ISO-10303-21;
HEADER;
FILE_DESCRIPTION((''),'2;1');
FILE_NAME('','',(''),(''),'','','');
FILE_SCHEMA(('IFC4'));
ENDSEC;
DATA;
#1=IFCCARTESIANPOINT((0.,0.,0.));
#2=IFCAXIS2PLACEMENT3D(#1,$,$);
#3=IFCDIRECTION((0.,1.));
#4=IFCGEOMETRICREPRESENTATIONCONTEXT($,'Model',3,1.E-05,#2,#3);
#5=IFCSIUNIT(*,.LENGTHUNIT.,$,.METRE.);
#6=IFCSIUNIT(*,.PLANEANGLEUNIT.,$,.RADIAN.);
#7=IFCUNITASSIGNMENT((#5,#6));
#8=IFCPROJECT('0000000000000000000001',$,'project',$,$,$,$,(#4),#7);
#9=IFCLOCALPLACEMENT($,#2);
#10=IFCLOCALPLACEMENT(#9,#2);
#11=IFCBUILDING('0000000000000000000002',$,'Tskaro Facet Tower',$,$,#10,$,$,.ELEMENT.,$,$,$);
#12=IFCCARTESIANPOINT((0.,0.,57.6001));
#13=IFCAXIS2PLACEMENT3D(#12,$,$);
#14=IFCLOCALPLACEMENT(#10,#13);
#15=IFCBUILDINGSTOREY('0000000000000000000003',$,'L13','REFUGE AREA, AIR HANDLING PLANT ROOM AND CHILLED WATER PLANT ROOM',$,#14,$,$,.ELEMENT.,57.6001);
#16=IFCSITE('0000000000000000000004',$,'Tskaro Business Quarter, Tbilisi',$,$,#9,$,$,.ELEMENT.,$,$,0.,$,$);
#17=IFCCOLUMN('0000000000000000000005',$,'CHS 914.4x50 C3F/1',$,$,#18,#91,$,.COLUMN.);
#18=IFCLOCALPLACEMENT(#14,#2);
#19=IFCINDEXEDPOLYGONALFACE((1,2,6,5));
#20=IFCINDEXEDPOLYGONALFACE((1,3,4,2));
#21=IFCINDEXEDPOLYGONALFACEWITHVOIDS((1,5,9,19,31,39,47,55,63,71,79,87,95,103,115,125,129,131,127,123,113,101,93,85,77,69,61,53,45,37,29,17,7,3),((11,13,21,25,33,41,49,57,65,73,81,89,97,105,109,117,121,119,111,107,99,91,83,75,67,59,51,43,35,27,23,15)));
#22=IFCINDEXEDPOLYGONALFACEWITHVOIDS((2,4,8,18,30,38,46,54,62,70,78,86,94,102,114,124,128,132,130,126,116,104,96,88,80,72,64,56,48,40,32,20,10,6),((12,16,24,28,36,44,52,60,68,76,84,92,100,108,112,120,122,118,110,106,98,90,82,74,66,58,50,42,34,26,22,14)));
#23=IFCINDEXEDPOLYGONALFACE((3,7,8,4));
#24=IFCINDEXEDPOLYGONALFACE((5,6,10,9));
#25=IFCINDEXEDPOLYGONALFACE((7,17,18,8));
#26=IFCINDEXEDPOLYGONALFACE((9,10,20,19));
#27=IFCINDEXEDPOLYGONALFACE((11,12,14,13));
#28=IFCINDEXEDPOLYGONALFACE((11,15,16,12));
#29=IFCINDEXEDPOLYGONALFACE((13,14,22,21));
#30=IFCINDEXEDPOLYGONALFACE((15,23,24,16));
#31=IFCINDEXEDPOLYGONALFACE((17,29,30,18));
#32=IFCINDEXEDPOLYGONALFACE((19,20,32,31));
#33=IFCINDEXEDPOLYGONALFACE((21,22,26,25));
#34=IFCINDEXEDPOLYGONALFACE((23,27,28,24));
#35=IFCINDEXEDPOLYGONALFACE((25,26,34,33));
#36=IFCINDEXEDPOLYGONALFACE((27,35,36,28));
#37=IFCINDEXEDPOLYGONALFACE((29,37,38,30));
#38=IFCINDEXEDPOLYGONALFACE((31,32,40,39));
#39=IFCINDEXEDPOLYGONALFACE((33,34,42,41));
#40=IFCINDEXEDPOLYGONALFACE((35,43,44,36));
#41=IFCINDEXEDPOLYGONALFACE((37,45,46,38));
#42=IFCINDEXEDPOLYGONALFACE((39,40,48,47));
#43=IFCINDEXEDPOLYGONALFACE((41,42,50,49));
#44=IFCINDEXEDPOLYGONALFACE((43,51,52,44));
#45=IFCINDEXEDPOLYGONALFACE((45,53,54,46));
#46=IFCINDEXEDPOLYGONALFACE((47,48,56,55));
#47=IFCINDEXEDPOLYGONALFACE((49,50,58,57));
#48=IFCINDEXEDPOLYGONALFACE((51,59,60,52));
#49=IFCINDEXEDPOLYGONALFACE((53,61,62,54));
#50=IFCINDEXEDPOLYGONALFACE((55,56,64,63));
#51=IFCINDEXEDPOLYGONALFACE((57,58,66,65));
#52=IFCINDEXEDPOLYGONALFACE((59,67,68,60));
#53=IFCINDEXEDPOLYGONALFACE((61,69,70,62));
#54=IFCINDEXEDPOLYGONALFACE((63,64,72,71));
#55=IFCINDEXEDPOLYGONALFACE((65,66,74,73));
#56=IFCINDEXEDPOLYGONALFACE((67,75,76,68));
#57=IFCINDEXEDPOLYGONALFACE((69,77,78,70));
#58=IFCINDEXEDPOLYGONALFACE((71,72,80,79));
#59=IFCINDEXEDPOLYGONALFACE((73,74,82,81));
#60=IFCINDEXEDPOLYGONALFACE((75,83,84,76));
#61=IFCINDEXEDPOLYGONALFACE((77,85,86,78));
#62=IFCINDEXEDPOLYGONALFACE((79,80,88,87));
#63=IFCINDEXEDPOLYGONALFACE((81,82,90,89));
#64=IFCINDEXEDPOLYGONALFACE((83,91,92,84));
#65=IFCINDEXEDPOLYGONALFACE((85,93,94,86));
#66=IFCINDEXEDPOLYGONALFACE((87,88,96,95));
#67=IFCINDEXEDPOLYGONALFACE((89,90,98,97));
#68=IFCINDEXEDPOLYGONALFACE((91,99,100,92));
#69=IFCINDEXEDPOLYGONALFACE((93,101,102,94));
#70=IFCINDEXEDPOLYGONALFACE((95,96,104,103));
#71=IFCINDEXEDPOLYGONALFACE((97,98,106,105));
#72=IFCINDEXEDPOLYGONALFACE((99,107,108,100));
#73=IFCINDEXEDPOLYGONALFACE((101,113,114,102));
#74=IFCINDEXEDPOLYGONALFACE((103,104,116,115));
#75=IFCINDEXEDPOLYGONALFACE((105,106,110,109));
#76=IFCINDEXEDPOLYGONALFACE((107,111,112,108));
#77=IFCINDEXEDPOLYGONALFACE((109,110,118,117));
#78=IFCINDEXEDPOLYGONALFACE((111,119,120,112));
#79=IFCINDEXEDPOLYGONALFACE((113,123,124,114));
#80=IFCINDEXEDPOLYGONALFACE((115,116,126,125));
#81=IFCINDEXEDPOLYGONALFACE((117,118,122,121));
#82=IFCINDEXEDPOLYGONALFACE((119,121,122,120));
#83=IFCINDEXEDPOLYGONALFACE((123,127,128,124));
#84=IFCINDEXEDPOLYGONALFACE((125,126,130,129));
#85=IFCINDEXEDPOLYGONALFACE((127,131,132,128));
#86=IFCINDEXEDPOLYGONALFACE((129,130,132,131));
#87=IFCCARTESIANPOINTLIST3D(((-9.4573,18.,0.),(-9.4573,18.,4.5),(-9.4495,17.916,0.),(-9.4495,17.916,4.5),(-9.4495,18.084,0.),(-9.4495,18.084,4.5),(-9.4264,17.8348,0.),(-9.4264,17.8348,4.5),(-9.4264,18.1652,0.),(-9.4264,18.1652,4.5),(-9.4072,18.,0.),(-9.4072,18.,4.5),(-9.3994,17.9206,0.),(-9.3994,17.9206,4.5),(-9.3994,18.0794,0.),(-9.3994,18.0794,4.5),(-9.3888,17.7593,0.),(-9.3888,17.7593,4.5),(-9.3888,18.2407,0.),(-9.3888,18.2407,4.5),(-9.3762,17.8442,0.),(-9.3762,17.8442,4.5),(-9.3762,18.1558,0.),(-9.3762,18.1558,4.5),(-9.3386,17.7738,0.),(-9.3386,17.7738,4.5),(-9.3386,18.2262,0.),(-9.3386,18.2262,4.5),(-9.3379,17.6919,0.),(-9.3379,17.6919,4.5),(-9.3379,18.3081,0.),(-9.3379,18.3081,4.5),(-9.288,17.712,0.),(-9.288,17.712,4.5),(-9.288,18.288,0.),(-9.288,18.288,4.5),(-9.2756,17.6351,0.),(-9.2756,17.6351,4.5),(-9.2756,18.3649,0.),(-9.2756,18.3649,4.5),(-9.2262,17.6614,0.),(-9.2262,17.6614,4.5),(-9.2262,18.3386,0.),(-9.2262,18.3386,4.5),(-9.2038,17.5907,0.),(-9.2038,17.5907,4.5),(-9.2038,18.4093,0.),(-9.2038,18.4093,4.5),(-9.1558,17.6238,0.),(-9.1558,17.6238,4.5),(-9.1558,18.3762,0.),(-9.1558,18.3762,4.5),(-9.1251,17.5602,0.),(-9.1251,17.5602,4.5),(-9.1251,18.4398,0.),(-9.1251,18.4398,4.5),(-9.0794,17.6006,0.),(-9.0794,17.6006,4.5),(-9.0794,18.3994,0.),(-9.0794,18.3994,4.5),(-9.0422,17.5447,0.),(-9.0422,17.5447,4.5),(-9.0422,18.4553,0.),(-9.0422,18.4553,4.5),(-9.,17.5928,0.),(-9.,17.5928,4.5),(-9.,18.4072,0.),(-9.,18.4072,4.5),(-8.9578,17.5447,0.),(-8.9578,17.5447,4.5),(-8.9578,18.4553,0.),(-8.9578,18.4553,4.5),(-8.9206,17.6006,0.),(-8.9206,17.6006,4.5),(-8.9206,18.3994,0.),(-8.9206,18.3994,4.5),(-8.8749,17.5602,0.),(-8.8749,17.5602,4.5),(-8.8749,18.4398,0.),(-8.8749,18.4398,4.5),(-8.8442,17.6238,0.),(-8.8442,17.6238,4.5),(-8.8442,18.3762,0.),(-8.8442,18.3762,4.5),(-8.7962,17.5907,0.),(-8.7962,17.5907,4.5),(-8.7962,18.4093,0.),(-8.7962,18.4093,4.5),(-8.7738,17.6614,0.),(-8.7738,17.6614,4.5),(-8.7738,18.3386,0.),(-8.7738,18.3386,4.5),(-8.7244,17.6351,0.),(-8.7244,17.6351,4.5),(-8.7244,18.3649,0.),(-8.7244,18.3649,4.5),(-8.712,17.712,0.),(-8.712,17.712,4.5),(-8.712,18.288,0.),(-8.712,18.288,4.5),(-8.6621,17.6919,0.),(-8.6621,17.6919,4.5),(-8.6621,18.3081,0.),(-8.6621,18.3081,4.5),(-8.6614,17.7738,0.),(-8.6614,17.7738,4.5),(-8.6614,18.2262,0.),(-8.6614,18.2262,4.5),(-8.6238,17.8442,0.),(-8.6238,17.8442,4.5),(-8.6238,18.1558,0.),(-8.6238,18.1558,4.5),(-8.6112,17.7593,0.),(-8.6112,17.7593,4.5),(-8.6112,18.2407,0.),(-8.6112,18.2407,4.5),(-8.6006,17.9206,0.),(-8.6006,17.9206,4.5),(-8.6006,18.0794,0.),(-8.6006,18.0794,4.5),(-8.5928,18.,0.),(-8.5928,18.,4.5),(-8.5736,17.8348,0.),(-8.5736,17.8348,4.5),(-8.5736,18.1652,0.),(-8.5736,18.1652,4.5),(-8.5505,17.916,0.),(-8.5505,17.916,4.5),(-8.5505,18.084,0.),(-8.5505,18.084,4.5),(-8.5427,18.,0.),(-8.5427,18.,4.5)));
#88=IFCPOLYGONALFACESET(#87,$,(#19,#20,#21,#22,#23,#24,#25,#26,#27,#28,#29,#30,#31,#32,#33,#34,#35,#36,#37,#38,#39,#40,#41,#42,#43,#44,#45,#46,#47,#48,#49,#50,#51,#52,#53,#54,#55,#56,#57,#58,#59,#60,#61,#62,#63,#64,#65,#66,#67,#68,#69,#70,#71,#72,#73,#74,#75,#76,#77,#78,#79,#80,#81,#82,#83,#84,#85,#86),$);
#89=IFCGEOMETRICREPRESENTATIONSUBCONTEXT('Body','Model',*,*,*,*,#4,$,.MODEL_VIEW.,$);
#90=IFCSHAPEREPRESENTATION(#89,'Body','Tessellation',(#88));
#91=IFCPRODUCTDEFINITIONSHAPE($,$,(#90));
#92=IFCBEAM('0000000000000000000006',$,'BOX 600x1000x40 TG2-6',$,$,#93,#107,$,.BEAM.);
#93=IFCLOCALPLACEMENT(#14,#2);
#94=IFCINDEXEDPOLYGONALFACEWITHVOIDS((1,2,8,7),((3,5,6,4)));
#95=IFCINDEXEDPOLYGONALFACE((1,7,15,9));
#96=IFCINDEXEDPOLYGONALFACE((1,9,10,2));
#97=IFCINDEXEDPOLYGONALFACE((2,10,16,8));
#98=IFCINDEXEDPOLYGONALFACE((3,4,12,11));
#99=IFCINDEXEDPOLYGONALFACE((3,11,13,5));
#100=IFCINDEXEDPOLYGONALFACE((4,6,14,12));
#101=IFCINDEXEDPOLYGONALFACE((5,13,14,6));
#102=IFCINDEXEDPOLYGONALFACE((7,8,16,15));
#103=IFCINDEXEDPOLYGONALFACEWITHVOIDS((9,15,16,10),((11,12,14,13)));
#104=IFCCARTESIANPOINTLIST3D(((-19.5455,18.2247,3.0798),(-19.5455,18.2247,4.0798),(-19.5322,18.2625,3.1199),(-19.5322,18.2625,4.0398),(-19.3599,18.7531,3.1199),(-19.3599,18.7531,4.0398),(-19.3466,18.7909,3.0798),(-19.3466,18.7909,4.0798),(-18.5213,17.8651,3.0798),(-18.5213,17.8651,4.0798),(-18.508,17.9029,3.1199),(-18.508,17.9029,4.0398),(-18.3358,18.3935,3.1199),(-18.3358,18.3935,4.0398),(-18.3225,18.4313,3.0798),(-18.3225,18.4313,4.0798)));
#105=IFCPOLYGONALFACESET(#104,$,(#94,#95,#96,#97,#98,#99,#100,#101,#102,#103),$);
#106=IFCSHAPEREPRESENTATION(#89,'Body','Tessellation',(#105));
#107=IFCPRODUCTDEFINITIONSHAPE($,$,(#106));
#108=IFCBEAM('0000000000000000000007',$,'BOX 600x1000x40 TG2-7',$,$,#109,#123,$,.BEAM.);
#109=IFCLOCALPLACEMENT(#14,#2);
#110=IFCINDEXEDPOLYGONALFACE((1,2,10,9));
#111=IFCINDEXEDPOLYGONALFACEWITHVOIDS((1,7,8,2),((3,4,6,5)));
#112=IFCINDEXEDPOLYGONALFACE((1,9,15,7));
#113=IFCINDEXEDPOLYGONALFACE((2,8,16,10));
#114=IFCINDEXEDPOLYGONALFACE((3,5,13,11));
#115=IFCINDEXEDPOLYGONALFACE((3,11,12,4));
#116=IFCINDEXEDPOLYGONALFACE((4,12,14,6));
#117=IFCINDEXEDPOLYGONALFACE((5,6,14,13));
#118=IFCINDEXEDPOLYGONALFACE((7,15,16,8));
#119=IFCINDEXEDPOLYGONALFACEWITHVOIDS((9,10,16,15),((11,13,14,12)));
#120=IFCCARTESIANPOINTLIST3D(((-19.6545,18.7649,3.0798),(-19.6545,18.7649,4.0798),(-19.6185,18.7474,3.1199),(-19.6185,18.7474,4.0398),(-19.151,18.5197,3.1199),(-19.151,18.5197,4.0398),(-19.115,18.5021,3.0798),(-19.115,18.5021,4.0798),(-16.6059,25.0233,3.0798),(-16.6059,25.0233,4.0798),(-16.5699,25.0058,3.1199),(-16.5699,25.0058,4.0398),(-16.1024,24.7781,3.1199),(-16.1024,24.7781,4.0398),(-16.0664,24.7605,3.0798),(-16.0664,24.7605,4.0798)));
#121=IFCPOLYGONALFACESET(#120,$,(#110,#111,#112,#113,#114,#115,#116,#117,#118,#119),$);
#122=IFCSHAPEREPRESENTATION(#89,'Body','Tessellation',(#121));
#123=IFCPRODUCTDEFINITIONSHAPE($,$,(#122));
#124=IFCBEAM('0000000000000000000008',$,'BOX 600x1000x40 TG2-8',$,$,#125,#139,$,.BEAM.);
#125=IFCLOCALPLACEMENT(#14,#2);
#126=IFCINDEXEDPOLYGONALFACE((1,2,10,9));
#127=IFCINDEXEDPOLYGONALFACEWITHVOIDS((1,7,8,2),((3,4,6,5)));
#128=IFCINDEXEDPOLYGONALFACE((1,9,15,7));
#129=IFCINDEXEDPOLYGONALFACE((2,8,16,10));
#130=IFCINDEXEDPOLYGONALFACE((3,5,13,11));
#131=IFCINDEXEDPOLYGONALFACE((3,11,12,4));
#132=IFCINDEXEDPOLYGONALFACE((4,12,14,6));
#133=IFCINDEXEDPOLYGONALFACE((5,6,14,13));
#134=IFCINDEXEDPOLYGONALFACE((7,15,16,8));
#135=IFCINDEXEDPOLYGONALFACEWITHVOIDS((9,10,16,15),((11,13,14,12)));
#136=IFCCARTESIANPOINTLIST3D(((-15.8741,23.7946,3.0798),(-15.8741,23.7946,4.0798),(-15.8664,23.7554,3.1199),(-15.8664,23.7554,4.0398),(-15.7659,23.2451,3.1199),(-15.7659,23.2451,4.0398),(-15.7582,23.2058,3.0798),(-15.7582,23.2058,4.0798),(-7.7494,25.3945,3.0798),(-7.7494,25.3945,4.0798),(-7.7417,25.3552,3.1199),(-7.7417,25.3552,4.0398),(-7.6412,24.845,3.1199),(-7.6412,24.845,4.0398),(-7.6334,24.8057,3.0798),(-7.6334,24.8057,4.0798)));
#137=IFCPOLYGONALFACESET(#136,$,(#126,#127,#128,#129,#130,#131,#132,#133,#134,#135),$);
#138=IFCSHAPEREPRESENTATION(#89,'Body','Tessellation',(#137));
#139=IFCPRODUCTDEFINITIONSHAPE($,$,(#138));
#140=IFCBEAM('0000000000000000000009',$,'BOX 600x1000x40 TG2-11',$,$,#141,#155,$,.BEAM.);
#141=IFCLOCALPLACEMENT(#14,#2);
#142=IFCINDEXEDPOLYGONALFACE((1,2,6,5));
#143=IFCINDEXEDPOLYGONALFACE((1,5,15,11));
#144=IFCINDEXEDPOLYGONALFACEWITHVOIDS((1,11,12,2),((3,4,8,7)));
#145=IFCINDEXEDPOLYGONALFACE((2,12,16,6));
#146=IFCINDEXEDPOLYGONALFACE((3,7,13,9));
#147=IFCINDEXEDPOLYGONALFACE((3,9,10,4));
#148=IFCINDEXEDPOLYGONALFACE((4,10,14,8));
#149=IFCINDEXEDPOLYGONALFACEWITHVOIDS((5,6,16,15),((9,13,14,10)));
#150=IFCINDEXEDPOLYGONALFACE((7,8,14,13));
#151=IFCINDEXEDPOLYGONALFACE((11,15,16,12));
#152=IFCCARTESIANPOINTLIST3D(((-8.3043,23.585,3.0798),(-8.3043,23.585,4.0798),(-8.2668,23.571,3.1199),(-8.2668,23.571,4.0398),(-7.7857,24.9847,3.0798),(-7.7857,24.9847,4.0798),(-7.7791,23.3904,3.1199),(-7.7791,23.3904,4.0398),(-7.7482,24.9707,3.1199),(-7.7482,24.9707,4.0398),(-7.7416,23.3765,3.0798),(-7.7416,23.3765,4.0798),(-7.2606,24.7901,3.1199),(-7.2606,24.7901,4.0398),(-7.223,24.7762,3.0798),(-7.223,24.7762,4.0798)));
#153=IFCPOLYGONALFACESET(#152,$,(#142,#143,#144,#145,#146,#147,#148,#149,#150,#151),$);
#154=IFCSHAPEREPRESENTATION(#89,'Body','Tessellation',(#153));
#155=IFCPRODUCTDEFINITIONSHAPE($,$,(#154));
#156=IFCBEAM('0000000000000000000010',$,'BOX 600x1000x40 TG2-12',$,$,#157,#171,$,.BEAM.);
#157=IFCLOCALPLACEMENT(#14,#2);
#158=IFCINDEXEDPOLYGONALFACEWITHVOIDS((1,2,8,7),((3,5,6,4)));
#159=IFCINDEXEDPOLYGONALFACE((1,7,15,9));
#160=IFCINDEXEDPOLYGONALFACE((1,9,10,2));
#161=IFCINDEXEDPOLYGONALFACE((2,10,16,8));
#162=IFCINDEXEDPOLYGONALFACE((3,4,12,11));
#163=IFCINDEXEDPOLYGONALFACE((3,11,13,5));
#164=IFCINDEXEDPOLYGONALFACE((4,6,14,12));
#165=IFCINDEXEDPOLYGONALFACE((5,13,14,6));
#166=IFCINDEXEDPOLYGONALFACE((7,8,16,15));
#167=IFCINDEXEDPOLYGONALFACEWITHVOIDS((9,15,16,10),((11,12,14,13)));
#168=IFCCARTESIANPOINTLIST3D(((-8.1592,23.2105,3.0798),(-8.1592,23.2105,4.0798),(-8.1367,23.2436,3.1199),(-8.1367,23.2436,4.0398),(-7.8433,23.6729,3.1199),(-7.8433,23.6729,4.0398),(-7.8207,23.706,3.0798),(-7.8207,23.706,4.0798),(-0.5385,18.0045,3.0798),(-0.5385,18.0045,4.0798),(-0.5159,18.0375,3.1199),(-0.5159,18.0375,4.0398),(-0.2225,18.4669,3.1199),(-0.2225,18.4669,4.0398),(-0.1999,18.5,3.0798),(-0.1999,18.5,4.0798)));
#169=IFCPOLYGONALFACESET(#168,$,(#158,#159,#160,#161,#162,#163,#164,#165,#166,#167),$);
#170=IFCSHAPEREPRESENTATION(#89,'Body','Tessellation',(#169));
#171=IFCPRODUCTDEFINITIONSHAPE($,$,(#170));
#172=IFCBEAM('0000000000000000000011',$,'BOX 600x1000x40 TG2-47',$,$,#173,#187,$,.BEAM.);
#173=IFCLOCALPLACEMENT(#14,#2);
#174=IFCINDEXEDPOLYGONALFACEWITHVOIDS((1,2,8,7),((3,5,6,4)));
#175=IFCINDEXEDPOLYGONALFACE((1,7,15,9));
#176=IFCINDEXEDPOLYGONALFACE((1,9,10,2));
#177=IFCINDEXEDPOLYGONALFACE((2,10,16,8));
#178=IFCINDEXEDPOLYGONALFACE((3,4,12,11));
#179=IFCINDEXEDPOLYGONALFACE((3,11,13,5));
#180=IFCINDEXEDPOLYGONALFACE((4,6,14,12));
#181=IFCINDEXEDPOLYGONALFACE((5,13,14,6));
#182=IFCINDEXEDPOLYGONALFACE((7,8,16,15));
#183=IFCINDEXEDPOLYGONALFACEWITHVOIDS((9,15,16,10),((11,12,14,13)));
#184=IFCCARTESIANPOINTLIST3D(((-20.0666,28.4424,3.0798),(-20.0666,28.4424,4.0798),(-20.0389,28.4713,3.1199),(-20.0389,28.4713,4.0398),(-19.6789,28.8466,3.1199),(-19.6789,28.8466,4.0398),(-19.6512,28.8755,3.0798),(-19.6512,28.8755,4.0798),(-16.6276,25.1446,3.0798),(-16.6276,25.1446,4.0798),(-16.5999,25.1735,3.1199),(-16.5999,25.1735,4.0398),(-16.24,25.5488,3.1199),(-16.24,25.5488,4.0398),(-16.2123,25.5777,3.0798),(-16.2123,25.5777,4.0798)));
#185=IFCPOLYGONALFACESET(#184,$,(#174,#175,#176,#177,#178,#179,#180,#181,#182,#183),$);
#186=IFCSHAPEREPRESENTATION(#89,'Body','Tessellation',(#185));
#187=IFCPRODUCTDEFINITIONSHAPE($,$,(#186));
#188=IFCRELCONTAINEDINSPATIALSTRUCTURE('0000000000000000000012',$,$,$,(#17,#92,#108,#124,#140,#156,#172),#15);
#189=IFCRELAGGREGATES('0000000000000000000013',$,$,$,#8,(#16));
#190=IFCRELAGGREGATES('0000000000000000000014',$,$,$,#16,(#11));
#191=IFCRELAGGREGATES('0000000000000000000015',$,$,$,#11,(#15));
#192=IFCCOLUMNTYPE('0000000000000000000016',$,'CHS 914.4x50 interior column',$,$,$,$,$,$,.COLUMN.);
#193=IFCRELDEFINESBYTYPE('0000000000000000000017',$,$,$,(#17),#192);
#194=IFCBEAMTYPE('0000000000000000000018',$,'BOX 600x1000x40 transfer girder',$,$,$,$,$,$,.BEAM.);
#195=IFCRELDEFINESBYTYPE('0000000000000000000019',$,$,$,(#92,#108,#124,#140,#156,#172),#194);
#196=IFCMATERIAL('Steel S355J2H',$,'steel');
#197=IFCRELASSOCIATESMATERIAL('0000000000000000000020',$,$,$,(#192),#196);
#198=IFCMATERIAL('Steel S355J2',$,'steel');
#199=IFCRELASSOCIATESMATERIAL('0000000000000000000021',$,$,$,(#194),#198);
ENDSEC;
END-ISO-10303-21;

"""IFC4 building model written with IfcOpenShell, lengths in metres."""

from ifc_helpers import new_model, si_unit, direction, frame, origin, origin_2d, place, context, subcontext, project, spatial, hollow_rectangle, hollow_circle, extrude, material, material_profile, profile_set, type_object, element, save


model = new_model("IFC4")

# Units and contexts
model_context = context("Model", 3, precision=1e-05, world=origin(), true_north=direction((0.0, 1.0)))
body_context = subcontext(model_context, "Body", "Model", "MODEL_VIEW")
ifc_project = project(units=[si_unit("LENGTHUNIT", "METRE"), si_unit("PLANEANGLEUNIT", "RADIAN")], contexts=[model_context])

# Site, building, storey
site_placement = place(None, origin())
site = spatial("IfcSite", under=ifc_project, at=site_placement, Name="Tskaro Business Quarter, Tbilisi", CompositionType="ELEMENT", RefElevation=0.0)
building_placement = place(site_placement, origin())
building = spatial("IfcBuilding", under=site, at=building_placement, Name="Tskaro Facet Tower", CompositionType="ELEMENT")
storey_placement = place(building_placement, frame((0.0, 0.0, 57.6001)))
storey = spatial("IfcBuildingStorey", under=building, at=storey_placement, Name="L13", Description="REFUGE AREA, AIR HANDLING PLANT ROOM AND CHILLED WATER PLANT ROOM", CompositionType="ELEMENT", Elevation=57.6001)

# Column
ifc_material_1 = material(Name="Steel S355J2H", Category="steel")
ifc_material_profile_1 = material_profile(ifc_material_1, hollow_circle(Radius=0.4573, WallThickness=0.05, at=origin_2d()), Name="CHS 914.4x50")
ifc_profile_set_1 = profile_set([ifc_material_profile_1], Name="Steel S355J2H")
column_type_1 = type_object("IfcColumnType", Name="CHS 914.4x50 interior column", PredefinedType="COLUMN", material=ifc_profile_set_1)
column_1_placement = place(storey_placement, frame((-9.0, 18.0, 0.0), z_axis=(0.0, 0.0, 1.0), x_axis=(1.0, 0.0, 0.0)))
element("IfcColumn", 1, at=column_1_placement, inside=storey, type_object=column_type_1, Name="CHS 914.4x50 C3F/1", PredefinedType="COLUMN", context=body_context, shape_type="SweptSolid", body=[
    extrude(hollow_circle(Radius=0.4573, WallThickness=0.05, at=origin_2d()), origin(), (0.0, 0.0, 1.0), 4.5),
])

# Beams
ifc_material_2 = material(Name="Steel S355J2", Category="steel")
ifc_material_profile_2 = material_profile(ifc_material_2, hollow_rectangle(XDim=0.6001, YDim=1.0, WallThickness=0.04, at=origin_2d()), Name="BOX 600x1000x40")
ifc_profile_set_2 = profile_set([ifc_material_profile_2], Name="Steel S355J2")
beam_type_1 = type_object("IfcBeamType", Name="BOX 600x1000x40 transfer girder", PredefinedType="BEAM", material=ifc_profile_set_2)
beam_1_placement = place(storey_placement, frame((-19.446, 18.5078, 3.5798), z_axis=(0.943525, -0.331302, 0.0), x_axis=(0.331302, 0.943525, 0.0)))
element("IfcBeam", 2, at=beam_1_placement, inside=storey, type_object=beam_type_1, Name="BOX 600x1000x40 TG2-6", PredefinedType="BEAM", context=body_context, shape_type="SweptSolid", body=[
    extrude(hollow_rectangle(XDim=0.6001, YDim=1.0, WallThickness=0.04, at=origin_2d()), origin(), (0.0, 0.0, 1.0), 1.0854),
])
beam_2_placement = place(storey_placement, frame((-19.3848, 18.6335, 3.5798), z_axis=(0.437931, 0.899009, 0.0), x_axis=(-0.899009, 0.437931, 0.0)))
element("IfcBeam", 3, at=beam_2_placement, inside=storey, type_object=beam_type_1, Name="BOX 600x1000x40 TG2-7", PredefinedType="BEAM", context=body_context, shape_type="SweptSolid", body=[
    extrude(hollow_rectangle(XDim=0.6001, YDim=1.0, WallThickness=0.04, at=origin_2d()), origin(), (0.0, 0.0, 1.0), 6.9614),
])
beam_3_placement = place(storey_placement, frame((-15.8162, 23.5002, 3.5798), z_axis=(0.981159, 0.193201, 0.0), x_axis=(-0.193201, 0.981159, 0.0)))
element("IfcBeam", 4, at=beam_3_placement, inside=storey, type_object=beam_type_1, Name="BOX 600x1000x40 TG2-8", PredefinedType="BEAM", context=body_context, shape_type="SweptSolid", body=[
    extrude(hollow_rectangle(XDim=0.6001, YDim=1.0, WallThickness=0.04, at=origin_2d()), origin(), (0.0, 0.0, 1.0), 8.2808),
])
beam_4_placement = place(storey_placement, frame((-8.0229, 23.4807, 3.5798), z_axis=(0.34741, 0.937713, 0.0), x_axis=(-0.937713, 0.34741, 0.0)))
element("IfcBeam", 5, at=beam_4_placement, inside=storey, type_object=beam_type_1, Name="BOX 600x1000x40 TG2-11", PredefinedType="BEAM", context=body_context, shape_type="SweptSolid", body=[
    extrude(hollow_rectangle(XDim=0.6001, YDim=1.0, WallThickness=0.04, at=origin_2d()), origin(), (0.0, 0.0, 1.0), 1.4927),
])
beam_5_placement = place(storey_placement, frame((-7.99, 23.4583, 3.5798), z_axis=(0.825722, -0.564078, 0.0), x_axis=(0.564078, 0.825722, 0.0)))
element("IfcBeam", 6, at=beam_5_placement, inside=storey, type_object=beam_type_1, Name="BOX 600x1000x40 TG2-12", PredefinedType="BEAM", context=body_context, shape_type="SweptSolid", body=[
    extrude(hollow_rectangle(XDim=0.6001, YDim=1.0, WallThickness=0.04, at=origin_2d()), origin(), (0.0, 0.0, 1.0), 9.2292),
])
beam_6_placement = place(storey_placement, frame((-19.8589, 28.6589, 3.5798), z_axis=(0.72176, -0.692143, 0.0), x_axis=(0.692143, 0.72176, 0.0)))
element("IfcBeam", 7, at=beam_6_placement, inside=storey, type_object=beam_type_1, Name="BOX 600x1000x40 TG2-47", PredefinedType="BEAM", context=body_context, shape_type="SweptSolid", body=[
    extrude(hollow_rectangle(XDim=0.6001, YDim=1.0, WallThickness=0.04, at=origin_2d()), origin(), (0.0, 0.0, 1.0), 4.7646),
])

save(model, "model.ifc")
